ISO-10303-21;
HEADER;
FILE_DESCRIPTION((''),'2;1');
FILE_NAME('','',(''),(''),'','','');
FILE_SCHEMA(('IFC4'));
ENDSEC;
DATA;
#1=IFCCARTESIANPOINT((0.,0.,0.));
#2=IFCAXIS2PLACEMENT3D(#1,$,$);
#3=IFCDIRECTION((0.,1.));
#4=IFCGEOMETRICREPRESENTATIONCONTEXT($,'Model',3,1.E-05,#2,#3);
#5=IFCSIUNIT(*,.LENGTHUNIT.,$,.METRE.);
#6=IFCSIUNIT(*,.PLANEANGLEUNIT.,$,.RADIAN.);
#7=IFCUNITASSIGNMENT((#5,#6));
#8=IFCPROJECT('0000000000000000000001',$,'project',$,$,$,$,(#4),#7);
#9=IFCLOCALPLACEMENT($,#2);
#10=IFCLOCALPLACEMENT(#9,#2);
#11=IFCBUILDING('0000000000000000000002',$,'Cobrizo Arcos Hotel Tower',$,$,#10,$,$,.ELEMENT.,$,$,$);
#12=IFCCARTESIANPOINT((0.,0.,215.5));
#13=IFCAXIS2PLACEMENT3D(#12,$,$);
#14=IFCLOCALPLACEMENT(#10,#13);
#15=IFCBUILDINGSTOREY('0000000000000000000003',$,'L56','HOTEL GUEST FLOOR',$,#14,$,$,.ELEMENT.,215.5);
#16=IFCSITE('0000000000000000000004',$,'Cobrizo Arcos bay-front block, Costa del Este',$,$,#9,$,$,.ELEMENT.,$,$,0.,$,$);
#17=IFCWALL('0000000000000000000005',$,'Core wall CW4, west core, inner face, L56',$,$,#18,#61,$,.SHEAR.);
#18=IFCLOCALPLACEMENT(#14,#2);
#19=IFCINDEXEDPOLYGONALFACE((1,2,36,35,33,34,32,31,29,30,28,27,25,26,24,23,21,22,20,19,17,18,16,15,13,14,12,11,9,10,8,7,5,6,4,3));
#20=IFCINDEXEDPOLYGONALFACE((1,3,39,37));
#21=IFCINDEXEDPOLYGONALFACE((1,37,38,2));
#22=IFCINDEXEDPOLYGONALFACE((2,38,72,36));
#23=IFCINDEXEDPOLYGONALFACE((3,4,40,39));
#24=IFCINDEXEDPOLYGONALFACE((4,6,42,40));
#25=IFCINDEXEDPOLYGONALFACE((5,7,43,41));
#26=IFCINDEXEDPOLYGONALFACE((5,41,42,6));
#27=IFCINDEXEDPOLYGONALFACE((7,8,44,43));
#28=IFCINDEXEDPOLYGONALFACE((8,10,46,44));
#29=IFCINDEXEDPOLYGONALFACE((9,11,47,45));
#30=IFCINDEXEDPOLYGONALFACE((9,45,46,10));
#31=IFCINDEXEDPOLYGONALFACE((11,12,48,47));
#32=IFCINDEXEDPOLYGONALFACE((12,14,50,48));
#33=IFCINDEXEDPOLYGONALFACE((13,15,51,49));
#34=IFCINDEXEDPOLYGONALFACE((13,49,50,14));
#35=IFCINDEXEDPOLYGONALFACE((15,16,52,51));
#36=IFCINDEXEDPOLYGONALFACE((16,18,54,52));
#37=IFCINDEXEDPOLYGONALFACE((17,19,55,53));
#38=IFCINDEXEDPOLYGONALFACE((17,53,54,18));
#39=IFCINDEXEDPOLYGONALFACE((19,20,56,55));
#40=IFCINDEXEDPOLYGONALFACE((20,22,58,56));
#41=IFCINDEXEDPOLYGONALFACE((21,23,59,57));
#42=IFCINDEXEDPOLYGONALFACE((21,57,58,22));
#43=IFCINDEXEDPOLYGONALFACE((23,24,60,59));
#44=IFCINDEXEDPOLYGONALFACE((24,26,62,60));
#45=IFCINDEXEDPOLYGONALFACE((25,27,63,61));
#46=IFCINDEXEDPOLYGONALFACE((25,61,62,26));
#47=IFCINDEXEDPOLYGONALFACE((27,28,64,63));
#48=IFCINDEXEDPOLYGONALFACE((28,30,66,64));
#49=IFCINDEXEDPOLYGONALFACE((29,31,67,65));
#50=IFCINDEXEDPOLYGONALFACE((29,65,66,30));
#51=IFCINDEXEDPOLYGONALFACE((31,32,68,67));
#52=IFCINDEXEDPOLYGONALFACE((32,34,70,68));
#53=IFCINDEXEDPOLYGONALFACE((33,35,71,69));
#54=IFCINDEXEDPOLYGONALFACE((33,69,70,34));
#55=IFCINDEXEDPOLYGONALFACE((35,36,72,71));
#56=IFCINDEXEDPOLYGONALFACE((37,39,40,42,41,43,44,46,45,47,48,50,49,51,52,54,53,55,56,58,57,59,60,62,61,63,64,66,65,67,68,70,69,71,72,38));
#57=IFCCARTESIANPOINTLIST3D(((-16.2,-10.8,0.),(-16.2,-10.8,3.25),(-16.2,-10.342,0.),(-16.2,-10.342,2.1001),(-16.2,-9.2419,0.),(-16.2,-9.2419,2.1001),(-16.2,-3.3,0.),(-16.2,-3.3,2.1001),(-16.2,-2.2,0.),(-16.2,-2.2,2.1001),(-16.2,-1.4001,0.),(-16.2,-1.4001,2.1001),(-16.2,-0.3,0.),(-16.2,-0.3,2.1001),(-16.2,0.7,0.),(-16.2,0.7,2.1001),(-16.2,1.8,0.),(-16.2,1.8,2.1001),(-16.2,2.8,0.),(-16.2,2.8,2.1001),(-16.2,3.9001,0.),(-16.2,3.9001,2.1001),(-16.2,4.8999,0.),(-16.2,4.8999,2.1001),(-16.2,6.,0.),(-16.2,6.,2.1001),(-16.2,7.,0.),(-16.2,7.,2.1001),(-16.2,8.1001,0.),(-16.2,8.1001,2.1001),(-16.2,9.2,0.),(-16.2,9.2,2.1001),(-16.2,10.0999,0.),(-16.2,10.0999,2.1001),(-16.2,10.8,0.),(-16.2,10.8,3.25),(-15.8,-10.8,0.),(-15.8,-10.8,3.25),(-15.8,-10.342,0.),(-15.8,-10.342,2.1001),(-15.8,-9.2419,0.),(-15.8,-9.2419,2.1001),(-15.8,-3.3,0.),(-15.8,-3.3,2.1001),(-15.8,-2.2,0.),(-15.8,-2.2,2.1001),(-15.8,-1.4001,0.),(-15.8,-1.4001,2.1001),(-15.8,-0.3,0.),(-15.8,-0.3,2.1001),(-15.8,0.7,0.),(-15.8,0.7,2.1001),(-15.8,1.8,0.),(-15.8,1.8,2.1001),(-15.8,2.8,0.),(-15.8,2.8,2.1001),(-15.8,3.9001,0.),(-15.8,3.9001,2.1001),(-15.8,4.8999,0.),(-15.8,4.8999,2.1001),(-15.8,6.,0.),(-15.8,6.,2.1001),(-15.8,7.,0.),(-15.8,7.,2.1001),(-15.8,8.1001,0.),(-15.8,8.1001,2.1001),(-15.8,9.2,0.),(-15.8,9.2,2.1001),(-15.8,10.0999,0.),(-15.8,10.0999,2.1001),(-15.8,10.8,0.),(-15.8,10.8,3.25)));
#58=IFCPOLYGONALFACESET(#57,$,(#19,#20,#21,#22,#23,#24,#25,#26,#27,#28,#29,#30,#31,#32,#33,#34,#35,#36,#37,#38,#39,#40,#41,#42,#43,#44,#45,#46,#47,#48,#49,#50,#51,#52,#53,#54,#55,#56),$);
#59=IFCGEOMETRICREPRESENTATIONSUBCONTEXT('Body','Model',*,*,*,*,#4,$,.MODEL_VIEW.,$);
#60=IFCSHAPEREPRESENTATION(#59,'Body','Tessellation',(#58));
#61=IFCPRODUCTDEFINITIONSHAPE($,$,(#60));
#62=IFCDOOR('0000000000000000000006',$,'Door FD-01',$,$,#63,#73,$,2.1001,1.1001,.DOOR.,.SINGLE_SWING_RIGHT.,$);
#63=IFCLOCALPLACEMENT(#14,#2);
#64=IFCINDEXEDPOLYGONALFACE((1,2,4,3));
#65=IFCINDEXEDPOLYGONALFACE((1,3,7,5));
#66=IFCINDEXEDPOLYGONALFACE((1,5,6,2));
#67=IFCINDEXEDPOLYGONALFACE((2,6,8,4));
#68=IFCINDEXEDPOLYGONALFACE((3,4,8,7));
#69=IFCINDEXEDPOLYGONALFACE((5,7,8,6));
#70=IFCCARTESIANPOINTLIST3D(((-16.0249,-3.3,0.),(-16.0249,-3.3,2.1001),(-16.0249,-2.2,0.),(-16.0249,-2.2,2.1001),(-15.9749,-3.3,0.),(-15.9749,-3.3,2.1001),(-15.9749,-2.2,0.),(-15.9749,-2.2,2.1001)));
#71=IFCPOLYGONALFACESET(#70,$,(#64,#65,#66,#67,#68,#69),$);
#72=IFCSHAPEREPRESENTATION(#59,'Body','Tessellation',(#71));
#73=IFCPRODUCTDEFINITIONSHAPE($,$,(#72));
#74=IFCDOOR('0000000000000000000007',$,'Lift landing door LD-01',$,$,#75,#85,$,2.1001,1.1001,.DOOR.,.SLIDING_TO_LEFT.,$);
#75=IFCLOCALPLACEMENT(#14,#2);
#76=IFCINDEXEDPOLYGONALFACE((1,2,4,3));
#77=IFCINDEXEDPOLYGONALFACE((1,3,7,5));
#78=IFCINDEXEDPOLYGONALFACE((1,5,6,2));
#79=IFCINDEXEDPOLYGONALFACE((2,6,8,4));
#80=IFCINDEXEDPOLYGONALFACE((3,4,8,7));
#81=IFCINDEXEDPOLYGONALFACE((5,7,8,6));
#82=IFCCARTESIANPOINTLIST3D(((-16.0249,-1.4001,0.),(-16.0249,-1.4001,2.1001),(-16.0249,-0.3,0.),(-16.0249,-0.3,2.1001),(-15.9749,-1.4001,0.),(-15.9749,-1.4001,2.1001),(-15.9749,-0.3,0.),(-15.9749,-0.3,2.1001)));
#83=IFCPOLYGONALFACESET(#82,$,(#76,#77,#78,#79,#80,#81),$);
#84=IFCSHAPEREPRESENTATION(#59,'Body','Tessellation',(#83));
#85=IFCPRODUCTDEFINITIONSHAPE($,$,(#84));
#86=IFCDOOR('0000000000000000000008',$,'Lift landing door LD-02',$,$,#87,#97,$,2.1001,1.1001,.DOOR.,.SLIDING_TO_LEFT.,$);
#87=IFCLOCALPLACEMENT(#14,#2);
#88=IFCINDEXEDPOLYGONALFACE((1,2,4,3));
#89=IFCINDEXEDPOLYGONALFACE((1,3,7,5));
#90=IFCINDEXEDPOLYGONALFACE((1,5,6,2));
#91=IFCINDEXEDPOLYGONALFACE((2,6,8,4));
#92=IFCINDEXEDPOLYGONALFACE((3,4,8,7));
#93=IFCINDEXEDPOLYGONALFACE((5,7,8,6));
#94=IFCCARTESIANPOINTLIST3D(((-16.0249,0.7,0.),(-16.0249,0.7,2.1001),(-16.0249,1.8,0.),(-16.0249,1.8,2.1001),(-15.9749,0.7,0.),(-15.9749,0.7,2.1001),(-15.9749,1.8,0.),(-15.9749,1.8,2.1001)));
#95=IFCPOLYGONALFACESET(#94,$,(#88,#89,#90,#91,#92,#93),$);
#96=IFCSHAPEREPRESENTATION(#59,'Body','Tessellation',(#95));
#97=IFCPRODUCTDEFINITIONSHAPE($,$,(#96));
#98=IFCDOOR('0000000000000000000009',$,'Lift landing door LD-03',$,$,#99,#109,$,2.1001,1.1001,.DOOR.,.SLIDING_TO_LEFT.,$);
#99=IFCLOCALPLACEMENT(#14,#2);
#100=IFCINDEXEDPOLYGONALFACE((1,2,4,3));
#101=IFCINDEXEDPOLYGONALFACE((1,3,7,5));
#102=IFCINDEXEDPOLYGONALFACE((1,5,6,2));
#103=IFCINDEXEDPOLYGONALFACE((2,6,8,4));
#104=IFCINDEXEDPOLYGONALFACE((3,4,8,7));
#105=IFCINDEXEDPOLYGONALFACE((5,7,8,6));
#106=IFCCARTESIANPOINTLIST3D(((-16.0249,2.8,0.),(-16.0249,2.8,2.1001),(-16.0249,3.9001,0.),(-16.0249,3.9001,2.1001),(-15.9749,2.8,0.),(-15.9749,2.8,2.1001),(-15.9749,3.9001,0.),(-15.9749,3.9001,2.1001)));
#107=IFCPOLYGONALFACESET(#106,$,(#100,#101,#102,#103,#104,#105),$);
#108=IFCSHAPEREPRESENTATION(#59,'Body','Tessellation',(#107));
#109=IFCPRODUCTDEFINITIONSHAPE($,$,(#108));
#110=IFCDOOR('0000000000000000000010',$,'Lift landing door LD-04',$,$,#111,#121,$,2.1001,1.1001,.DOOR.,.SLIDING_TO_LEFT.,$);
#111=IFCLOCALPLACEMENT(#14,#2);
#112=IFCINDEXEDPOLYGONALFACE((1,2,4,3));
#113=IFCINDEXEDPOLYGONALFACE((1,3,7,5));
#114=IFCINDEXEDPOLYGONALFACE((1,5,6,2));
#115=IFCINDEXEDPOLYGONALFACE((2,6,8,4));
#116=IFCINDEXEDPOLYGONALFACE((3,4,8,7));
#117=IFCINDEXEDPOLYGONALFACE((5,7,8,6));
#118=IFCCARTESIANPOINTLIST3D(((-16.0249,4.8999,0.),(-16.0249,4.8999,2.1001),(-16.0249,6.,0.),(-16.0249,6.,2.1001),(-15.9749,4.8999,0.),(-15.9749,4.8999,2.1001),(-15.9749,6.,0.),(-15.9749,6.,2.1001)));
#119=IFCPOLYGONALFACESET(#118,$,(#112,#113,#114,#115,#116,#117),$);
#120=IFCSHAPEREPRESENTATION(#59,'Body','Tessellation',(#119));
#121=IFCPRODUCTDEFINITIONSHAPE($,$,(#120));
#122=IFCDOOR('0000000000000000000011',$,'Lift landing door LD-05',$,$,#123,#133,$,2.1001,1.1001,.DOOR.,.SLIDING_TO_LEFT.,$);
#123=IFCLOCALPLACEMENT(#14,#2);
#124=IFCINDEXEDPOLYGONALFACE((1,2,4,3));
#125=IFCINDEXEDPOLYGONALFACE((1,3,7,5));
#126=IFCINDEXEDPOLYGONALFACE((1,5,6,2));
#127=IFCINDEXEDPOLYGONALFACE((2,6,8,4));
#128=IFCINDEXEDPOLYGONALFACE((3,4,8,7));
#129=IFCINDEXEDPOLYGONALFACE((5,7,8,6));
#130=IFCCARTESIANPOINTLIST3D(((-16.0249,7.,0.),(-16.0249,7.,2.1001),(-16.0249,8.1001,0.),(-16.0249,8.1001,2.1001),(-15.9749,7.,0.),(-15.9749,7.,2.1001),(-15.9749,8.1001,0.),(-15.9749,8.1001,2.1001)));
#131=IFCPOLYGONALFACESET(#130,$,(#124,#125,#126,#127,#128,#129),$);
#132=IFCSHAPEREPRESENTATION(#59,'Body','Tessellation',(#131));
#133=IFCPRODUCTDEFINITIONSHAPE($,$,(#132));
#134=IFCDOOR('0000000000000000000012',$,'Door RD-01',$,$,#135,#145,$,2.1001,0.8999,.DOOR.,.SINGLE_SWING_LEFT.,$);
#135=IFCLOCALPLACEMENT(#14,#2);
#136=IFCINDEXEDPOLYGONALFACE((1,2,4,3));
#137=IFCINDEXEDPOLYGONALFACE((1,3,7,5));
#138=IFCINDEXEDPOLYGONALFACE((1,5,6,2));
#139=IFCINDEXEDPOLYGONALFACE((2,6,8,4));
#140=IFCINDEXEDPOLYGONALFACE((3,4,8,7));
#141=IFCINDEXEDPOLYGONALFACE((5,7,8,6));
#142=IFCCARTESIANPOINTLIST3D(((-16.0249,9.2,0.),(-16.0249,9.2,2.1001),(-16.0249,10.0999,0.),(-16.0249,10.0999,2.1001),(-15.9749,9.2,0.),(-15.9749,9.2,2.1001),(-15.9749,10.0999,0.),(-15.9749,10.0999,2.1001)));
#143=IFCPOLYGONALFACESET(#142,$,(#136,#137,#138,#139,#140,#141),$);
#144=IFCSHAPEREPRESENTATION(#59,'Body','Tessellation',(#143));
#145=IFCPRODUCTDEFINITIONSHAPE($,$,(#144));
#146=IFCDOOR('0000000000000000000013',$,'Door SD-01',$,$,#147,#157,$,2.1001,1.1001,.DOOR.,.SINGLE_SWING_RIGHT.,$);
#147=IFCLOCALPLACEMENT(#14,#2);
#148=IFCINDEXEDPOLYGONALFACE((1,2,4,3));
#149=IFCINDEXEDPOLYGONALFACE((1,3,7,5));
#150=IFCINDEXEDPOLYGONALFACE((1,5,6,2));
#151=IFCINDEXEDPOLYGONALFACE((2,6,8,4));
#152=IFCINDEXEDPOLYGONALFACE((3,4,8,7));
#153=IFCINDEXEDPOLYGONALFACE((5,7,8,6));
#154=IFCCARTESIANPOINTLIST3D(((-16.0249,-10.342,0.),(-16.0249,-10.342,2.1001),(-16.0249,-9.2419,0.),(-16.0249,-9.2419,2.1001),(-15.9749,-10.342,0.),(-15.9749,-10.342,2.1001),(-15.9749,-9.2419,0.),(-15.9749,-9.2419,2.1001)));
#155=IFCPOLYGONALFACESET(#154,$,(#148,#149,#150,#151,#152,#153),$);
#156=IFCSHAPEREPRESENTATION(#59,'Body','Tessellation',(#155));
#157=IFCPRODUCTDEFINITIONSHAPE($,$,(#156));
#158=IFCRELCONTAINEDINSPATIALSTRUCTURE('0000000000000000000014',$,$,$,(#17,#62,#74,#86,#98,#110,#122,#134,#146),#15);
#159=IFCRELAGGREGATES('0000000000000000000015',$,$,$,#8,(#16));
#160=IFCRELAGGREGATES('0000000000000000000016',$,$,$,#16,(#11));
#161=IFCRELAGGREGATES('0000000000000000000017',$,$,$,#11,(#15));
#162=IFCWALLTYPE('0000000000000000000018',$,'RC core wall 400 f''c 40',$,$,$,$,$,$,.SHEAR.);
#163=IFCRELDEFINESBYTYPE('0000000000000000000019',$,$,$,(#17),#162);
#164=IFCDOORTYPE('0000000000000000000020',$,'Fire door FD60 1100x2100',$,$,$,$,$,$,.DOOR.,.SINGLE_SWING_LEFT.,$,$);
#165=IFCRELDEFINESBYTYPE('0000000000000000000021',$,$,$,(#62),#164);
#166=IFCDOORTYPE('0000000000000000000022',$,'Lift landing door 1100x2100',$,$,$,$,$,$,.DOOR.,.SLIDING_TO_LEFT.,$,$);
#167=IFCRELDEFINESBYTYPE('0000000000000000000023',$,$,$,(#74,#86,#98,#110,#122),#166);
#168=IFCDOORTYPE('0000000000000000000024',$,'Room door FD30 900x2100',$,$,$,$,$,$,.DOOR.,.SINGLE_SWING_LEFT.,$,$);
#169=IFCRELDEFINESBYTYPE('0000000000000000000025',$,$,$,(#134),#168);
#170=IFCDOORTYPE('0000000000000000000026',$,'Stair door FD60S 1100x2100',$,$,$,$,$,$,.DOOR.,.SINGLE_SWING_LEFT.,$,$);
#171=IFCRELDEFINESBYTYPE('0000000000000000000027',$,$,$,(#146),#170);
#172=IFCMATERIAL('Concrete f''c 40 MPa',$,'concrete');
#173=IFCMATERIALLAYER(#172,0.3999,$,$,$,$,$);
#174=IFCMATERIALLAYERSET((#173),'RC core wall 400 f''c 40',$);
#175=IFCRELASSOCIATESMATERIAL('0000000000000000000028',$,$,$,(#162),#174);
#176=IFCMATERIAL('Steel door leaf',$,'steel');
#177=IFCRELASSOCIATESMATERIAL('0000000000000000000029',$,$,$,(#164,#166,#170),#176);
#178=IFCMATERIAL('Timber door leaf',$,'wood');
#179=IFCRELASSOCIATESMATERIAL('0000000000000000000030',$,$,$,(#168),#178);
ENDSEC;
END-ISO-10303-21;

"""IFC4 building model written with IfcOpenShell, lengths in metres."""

from ifc_helpers import new_model, si_unit, direction, frame, frame_2d, origin, place, context, subcontext, project, spatial, rectangle, extrude, material, layer, layer_set, type_object, element, fill, save


model = new_model("IFC4")

# Units and contexts
model_context = context("Model", 3, precision=1e-05, world=origin(), true_north=direction((0.0, 1.0)))
body_context = subcontext(model_context, "Body", "Model", "MODEL_VIEW")
ifc_project = project(units=[si_unit("LENGTHUNIT", "METRE"), si_unit("PLANEANGLEUNIT", "RADIAN")], contexts=[model_context])

# Site, building, storey
site_placement = place(None, origin())
site = spatial("IfcSite", under=ifc_project, at=site_placement, Name="Cobrizo Arcos bay-front block, Costa del Este", CompositionType="ELEMENT", RefElevation=0.0)
building_placement = place(site_placement, origin())
building = spatial("IfcBuilding", under=site, at=building_placement, Name="Cobrizo Arcos Hotel Tower", CompositionType="ELEMENT")
storey_placement = place(building_placement, frame((0.0, 0.0, 215.5)))
storey = spatial("IfcBuildingStorey", under=building, at=storey_placement, Name="L56", Description="HOTEL GUEST FLOOR", CompositionType="ELEMENT", Elevation=215.5)

# Shared definitions
ifc_material_1 = material(Name="Timber door leaf", Category="wood")

# Wall, openings, doors
ifc_material_2 = material(Name="Concrete f'c 40 MPa", Category="concrete")
ifc_layer_1 = layer(ifc_material_2, 0.3999)
ifc_layer_set_1 = layer_set([ifc_layer_1], Name="RC core wall 400 f'c 40")
wall_type_1 = type_object("IfcWallType", Name="RC core wall 400 f'c 40", PredefinedType="SHEAR", material=ifc_layer_set_1)
wall_1_placement = place(storey_placement, frame((-16.0, -10.8, 0.0), z_axis=(0.0, 0.0, 1.0), x_axis=(0.0, 1.0, 0.0)))
wall_1 = element("IfcWall", 1, at=wall_1_placement, inside=storey, type_object=wall_type_1, Name="Core wall CW4, west core, inner face, L56", PredefinedType="SHEAR", context=body_context, shape_type="SweptSolid", body=[
    extrude(rectangle(XDim=21.6001, YDim=0.3999, at=frame_2d((10.8, 0.0))), origin(), (0.0, 0.0, 1.0), 3.25),
])
opening_1_placement = place(wall_1_placement, frame((9.3999, 0.0, 0.0)))
opening_1 = element("IfcOpeningElement", 2, at=opening_1_placement, cuts=wall_1, PredefinedType="OPENING", context=body_context, shape_type="SweptSolid", body=[
    extrude(rectangle(XDim=1.1001, YDim=2.1001, at=frame_2d((0.55, 1.05))), frame((0.0, 0.2119, 0.0), z_axis=(0.0, -1.0, 0.0), x_axis=(1.0, 0.0, 0.0)), (0.0, 0.0, 1.0), 0.4238),
])
opening_2_placement = place(wall_1_placement, frame((11.5, 0.0, 0.0)))
opening_2 = element("IfcOpeningElement", 3, at=opening_2_placement, cuts=wall_1, PredefinedType="OPENING", context=body_context, shape_type="SweptSolid", body=[
    extrude(rectangle(XDim=1.1001, YDim=2.1001, at=frame_2d((0.55, 1.05))), frame((0.0, 0.2119, 0.0), z_axis=(0.0, -1.0, 0.0), x_axis=(1.0, 0.0, 0.0)), (0.0, 0.0, 1.0), 0.4238),
])
opening_3_placement = place(wall_1_placement, frame((13.6001, 0.0, 0.0)))
opening_3 = element("IfcOpeningElement", 4, at=opening_3_placement, cuts=wall_1, PredefinedType="OPENING", context=body_context, shape_type="SweptSolid", body=[
    extrude(rectangle(XDim=1.1001, YDim=2.1001, at=frame_2d((0.55, 1.05))), frame((0.0, 0.2119, 0.0), z_axis=(0.0, -1.0, 0.0), x_axis=(1.0, 0.0, 0.0)), (0.0, 0.0, 1.0), 0.4238),
])
opening_4_placement = place(wall_1_placement, frame((15.7, 0.0, 0.0)))
opening_4 = element("IfcOpeningElement", 5, at=opening_4_placement, cuts=wall_1, PredefinedType="OPENING", context=body_context, shape_type="SweptSolid", body=[
    extrude(rectangle(XDim=1.1001, YDim=2.1001, at=frame_2d((0.55, 1.05))), frame((0.0, 0.2119, 0.0), z_axis=(0.0, -1.0, 0.0), x_axis=(1.0, 0.0, 0.0)), (0.0, 0.0, 1.0), 0.4238),
])
opening_5_placement = place(wall_1_placement, frame((17.8, 0.0, 0.0)))
opening_5 = element("IfcOpeningElement", 6, at=opening_5_placement, cuts=wall_1, PredefinedType="OPENING", context=body_context, shape_type="SweptSolid", body=[
    extrude(rectangle(XDim=1.1001, YDim=2.1001, at=frame_2d((0.55, 1.05))), frame((0.0, 0.2119, 0.0), z_axis=(0.0, -1.0, 0.0), x_axis=(1.0, 0.0, 0.0)), (0.0, 0.0, 1.0), 0.4238),
])
opening_6_placement = place(wall_1_placement, frame((0.458, 0.0, 0.0)))
opening_6 = element("IfcOpeningElement", 7, at=opening_6_placement, cuts=wall_1, PredefinedType="OPENING", context=body_context, shape_type="SweptSolid", body=[
    extrude(rectangle(XDim=1.1001, YDim=2.1001, at=frame_2d((0.55, 1.05))), frame((0.0, 0.2119, 0.0), z_axis=(0.0, -1.0, 0.0), x_axis=(1.0, 0.0, 0.0)), (0.0, 0.0, 1.0), 0.4238),
])
opening_7_placement = place(wall_1_placement, frame((7.5, 0.0, 0.0)))
opening_7 = element("IfcOpeningElement", 8, at=opening_7_placement, cuts=wall_1, PredefinedType="OPENING", context=body_context, shape_type="SweptSolid", body=[
    extrude(rectangle(XDim=1.1001, YDim=2.1001, at=frame_2d((0.55, 1.05))), frame((0.0, 0.2119, 0.0), z_axis=(0.0, -1.0, 0.0), x_axis=(1.0, 0.0, 0.0)), (0.0, 0.0, 1.0), 0.4238),
])
opening_8_placement = place(wall_1_placement, frame((20.0, 0.0, 0.0)))
opening_8 = element("IfcOpeningElement", 9, at=opening_8_placement, cuts=wall_1, PredefinedType="OPENING", context=body_context, shape_type="SweptSolid", body=[
    extrude(rectangle(XDim=0.8999, YDim=2.1001, at=frame_2d((0.45, 1.05))), frame((0.0, 0.2119, 0.0), z_axis=(0.0, -1.0, 0.0), x_axis=(1.0, 0.0, 0.0)), (0.0, 0.0, 1.0), 0.4238),
])
ifc_material_3 = material(Name="Steel door leaf", Category="steel")
door_type_1 = type_object("IfcDoorType", Name="Fire door FD60 1100x2100", OperationType="SINGLE_SWING_LEFT", PredefinedType="DOOR", material=ifc_material_3)
door_1_placement = place(opening_7_placement, origin())
door_1 = element("IfcDoor", 10, at=door_1_placement, inside=storey, type_object=door_type_1, Name="Door FD-01", OperationType="SINGLE_SWING_RIGHT", OverallHeight=2.1001, OverallWidth=1.1001, PredefinedType="DOOR", context=body_context, shape_type="SweptSolid", body=[
    extrude(rectangle(XDim=1.1001, YDim=2.1001, at=frame_2d((0.55, 1.05))), frame((0.0, 0.0249, 0.0), z_axis=(0.0, -1.0, 0.0), x_axis=(1.0, 0.0, 0.0)), (0.0, 0.0, 1.0), 0.05),
])
fill(opening_7, door_1)
door_type_2 = type_object("IfcDoorType", Name="Lift landing door 1100x2100", OperationType="SLIDING_TO_LEFT", PredefinedType="DOOR", material=ifc_material_3)
door_2_placement = place(opening_1_placement, origin())
door_2 = element("IfcDoor", 11, at=door_2_placement, inside=storey, type_object=door_type_2, Name="Lift landing door LD-01", OperationType="SLIDING_TO_LEFT", OverallHeight=2.1001, OverallWidth=1.1001, PredefinedType="DOOR", context=body_context, shape_type="SweptSolid", body=[
    extrude(rectangle(XDim=1.1001, YDim=2.1001, at=frame_2d((0.55, 1.05))), frame((0.0, 0.0249, 0.0), z_axis=(0.0, -1.0, 0.0), x_axis=(1.0, 0.0, 0.0)), (0.0, 0.0, 1.0), 0.05),
])
fill(opening_1, door_2)
door_3_placement = place(opening_2_placement, origin())
door_3 = element("IfcDoor", 12, at=door_3_placement, inside=storey, type_object=door_type_2, Name="Lift landing door LD-02", OperationType="SLIDING_TO_LEFT", OverallHeight=2.1001, OverallWidth=1.1001, PredefinedType="DOOR", context=body_context, shape_type="SweptSolid", body=[
    extrude(rectangle(XDim=1.1001, YDim=2.1001, at=frame_2d((0.55, 1.05))), frame((0.0, 0.0249, 0.0), z_axis=(0.0, -1.0, 0.0), x_axis=(1.0, 0.0, 0.0)), (0.0, 0.0, 1.0), 0.05),
])
fill(opening_2, door_3)
door_4_placement = place(opening_3_placement, origin())
door_4 = element("IfcDoor", 13, at=door_4_placement, inside=storey, type_object=door_type_2, Name="Lift landing door LD-03", OperationType="SLIDING_TO_LEFT", OverallHeight=2.1001, OverallWidth=1.1001, PredefinedType="DOOR", context=body_context, shape_type="SweptSolid", body=[
    extrude(rectangle(XDim=1.1001, YDim=2.1001, at=frame_2d((0.55, 1.05))), frame((0.0, 0.0249, 0.0), z_axis=(0.0, -1.0, 0.0), x_axis=(1.0, 0.0, 0.0)), (0.0, 0.0, 1.0), 0.05),
])
fill(opening_3, door_4)
door_5_placement = place(opening_4_placement, origin())
door_5 = element("IfcDoor", 14, at=door_5_placement, inside=storey, type_object=door_type_2, Name="Lift landing door LD-04", OperationType="SLIDING_TO_LEFT", OverallHeight=2.1001, OverallWidth=1.1001, PredefinedType="DOOR", context=body_context, shape_type="SweptSolid", body=[
    extrude(rectangle(XDim=1.1001, YDim=2.1001, at=frame_2d((0.55, 1.05))), frame((0.0, 0.0249, 0.0), z_axis=(0.0, -1.0, 0.0), x_axis=(1.0, 0.0, 0.0)), (0.0, 0.0, 1.0), 0.05),
])
fill(opening_4, door_5)
door_6_placement = place(opening_5_placement, origin())
door_6 = element("IfcDoor", 15, at=door_6_placement, inside=storey, type_object=door_type_2, Name="Lift landing door LD-05", OperationType="SLIDING_TO_LEFT", OverallHeight=2.1001, OverallWidth=1.1001, PredefinedType="DOOR", context=body_context, shape_type="SweptSolid", body=[
    extrude(rectangle(XDim=1.1001, YDim=2.1001, at=frame_2d((0.55, 1.05))), frame((0.0, 0.0249, 0.0), z_axis=(0.0, -1.0, 0.0), x_axis=(1.0, 0.0, 0.0)), (0.0, 0.0, 1.0), 0.05),
])
fill(opening_5, door_6)
door_type_3 = type_object("IfcDoorType", Name="Room door FD30 900x2100", OperationType="SINGLE_SWING_LEFT", PredefinedType="DOOR", material=ifc_material_1)
door_7_placement = place(opening_8_placement, origin())
door_7 = element("IfcDoor", 16, at=door_7_placement, inside=storey, type_object=door_type_3, Name="Door RD-01", OperationType="SINGLE_SWING_LEFT", OverallHeight=2.1001, OverallWidth=0.8999, PredefinedType="DOOR", context=body_context, shape_type="SweptSolid", body=[
    extrude(rectangle(XDim=0.8999, YDim=2.1001, at=frame_2d((0.45, 1.05))), frame((0.0, 0.0249, 0.0), z_axis=(0.0, -1.0, 0.0), x_axis=(1.0, 0.0, 0.0)), (0.0, 0.0, 1.0), 0.05),
])
fill(opening_8, door_7)
door_type_4 = type_object("IfcDoorType", Name="Stair door FD60S 1100x2100", OperationType="SINGLE_SWING_LEFT", PredefinedType="DOOR", material=ifc_material_3)
door_8_placement = place(opening_6_placement, origin())
door_8 = element("IfcDoor", 17, at=door_8_placement, inside=storey, type_object=door_type_4, Name="Door SD-01", OperationType="SINGLE_SWING_RIGHT", OverallHeight=2.1001, OverallWidth=1.1001, PredefinedType="DOOR", context=body_context, shape_type="SweptSolid", body=[
    extrude(rectangle(XDim=1.1001, YDim=2.1001, at=frame_2d((0.55, 1.05))), frame((0.0, 0.0249, 0.0), z_axis=(0.0, -1.0, 0.0), x_axis=(1.0, 0.0, 0.0)), (0.0, 0.0, 1.0), 0.05),
])
fill(opening_6, door_8)

save(model, "model.ifc")
